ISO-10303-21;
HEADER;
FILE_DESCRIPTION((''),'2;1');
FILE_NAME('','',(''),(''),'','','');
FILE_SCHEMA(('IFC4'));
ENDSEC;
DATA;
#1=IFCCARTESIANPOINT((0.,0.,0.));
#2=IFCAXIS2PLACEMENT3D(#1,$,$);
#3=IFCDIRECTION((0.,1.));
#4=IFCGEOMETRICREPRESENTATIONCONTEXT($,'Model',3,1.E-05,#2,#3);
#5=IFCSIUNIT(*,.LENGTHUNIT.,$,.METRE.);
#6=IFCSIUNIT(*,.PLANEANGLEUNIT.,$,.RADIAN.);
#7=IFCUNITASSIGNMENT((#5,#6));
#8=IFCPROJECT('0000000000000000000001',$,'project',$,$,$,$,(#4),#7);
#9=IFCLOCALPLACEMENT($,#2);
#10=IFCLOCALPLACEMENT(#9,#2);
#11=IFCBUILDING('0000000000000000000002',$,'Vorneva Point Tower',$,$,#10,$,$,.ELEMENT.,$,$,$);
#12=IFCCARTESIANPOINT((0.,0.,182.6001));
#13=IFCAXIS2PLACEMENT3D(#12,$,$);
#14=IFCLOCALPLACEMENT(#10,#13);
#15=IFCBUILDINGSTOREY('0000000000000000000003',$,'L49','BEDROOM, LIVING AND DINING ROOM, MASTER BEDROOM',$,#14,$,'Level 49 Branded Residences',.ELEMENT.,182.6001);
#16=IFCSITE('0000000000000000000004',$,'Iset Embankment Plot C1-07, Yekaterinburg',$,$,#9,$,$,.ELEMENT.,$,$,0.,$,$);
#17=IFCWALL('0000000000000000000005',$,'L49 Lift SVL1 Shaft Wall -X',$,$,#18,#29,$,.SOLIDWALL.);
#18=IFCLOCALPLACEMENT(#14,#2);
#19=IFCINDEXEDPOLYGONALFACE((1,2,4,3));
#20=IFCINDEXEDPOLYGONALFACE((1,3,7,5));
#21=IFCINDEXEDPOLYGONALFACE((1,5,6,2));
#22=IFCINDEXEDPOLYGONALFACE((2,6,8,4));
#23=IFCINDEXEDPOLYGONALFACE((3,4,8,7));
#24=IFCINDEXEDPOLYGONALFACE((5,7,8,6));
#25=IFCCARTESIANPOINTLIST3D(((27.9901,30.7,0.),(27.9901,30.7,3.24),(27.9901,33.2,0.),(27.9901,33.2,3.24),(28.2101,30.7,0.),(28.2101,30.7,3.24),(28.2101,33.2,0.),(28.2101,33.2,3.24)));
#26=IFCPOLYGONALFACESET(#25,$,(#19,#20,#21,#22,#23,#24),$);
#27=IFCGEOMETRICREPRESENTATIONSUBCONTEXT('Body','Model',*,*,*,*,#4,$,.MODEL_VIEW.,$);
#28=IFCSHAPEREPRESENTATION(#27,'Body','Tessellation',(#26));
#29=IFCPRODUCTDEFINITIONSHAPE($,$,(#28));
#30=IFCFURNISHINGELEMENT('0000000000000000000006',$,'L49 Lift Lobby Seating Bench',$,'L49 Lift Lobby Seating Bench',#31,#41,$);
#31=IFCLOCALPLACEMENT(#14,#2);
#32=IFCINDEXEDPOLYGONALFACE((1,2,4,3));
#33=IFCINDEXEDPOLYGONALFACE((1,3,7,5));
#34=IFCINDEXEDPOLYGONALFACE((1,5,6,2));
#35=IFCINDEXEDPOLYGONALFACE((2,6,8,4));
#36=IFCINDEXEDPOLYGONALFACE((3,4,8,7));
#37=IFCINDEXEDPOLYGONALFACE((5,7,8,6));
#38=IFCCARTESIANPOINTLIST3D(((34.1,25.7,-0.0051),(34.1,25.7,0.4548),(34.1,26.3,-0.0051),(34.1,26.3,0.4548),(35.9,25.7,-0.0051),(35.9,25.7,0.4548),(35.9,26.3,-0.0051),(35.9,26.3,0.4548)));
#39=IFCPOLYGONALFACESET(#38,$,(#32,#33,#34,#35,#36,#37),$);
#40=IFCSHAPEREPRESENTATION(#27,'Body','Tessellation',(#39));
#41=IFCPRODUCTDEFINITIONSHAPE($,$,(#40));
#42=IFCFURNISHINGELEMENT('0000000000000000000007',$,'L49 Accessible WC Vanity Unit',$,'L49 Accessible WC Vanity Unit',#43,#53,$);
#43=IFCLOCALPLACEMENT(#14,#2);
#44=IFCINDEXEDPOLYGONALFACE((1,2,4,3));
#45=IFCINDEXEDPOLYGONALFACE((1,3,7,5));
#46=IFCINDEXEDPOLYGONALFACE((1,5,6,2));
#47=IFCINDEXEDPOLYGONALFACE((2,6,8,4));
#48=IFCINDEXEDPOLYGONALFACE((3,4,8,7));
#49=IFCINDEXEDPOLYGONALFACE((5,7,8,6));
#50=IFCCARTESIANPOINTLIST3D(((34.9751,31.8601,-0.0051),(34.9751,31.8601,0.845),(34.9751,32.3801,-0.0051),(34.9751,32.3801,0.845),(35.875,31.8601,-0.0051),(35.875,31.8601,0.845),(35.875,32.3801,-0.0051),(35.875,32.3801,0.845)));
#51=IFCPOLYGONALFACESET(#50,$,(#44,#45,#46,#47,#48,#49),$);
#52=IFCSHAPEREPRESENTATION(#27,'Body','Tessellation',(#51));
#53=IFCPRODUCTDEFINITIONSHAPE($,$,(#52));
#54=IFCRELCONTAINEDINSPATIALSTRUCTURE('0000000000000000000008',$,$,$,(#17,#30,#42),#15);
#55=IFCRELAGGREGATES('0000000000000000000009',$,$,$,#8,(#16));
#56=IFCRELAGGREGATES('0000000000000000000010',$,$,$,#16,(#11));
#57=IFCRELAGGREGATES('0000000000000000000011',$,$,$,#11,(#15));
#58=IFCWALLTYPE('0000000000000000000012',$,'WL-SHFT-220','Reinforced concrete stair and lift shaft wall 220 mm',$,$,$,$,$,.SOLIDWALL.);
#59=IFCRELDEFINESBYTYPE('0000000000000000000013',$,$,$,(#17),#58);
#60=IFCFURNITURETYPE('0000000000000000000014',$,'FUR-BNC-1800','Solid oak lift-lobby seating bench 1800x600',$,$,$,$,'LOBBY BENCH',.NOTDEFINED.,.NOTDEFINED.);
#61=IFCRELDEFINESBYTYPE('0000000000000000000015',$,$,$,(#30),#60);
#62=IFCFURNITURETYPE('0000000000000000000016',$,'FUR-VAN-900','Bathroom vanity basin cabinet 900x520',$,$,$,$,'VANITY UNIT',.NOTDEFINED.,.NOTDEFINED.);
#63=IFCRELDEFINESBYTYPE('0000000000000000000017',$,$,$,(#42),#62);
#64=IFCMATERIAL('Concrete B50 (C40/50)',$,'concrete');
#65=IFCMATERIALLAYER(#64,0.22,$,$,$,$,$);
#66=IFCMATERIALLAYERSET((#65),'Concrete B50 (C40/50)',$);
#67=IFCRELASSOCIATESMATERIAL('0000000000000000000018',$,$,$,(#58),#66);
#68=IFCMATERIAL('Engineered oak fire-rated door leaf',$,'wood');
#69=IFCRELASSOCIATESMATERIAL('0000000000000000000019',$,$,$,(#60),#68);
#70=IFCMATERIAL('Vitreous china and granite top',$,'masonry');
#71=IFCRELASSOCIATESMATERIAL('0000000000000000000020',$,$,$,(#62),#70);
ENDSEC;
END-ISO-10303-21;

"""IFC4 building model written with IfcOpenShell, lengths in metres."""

from ifc_helpers import new_model, si_unit, direction, frame, frame_2d, origin, origin_2d, place, context, subcontext, project, spatial, rectangle, extrude, material, layer, layer_set, type_object, element, save


model = new_model("IFC4")

# Units and contexts
model_context = context("Model", 3, precision=1e-05, world=origin(), true_north=direction((0.0, 1.0)))
body_context = subcontext(model_context, "Body", "Model", "MODEL_VIEW")
ifc_project = project(units=[si_unit("LENGTHUNIT", "METRE"), si_unit("PLANEANGLEUNIT", "RADIAN")], contexts=[model_context])

# Site, building, storey
site_placement = place(None, origin())
site = spatial("IfcSite", under=ifc_project, at=site_placement, Name="Iset Embankment Plot C1-07, Yekaterinburg", CompositionType="ELEMENT", RefElevation=0.0)
building_placement = place(site_placement, origin())
building = spatial("IfcBuilding", under=site, at=building_placement, Name="Vorneva Point Tower", CompositionType="ELEMENT")
storey_placement = place(building_placement, frame((0.0, 0.0, 182.6001)))
storey = spatial("IfcBuildingStorey", under=building, at=storey_placement, Name="L49", Description="BEDROOM, LIVING AND DINING ROOM, MASTER BEDROOM", LongName="Level 49 Branded Residences", CompositionType="ELEMENT", Elevation=182.6001)

# Shared definitions
ifc_material_1 = material(Name="Concrete B50 (C40/50)", Category="concrete")

# Shared definitions
ifc_material_2 = material(Name="Engineered oak fire-rated door leaf", Category="wood")

# Shared definitions
ifc_layer_1 = layer(ifc_material_1, 0.22)
ifc_layer_set_1 = layer_set([ifc_layer_1], Name="Concrete B50 (C40/50)")
wall_type_1 = type_object("IfcWallType", Name="WL-SHFT-220", Description="Reinforced concrete stair and lift shaft wall 220 mm", PredefinedType="SOLIDWALL", material=ifc_layer_set_1)

# Wall
wall_1_placement = place(storey_placement, frame((28.1001, 33.2, 0.0), z_axis=(0.0, 0.0, 1.0), x_axis=(0.0, -1.0, 0.0)))
element("IfcWall", 1, at=wall_1_placement, inside=storey, type_object=wall_type_1, Name="L49 Lift SVL1 Shaft Wall -X", PredefinedType="SOLIDWALL", context=body_context, shape_type="SweptSolid", body=[
    extrude(rectangle(XDim=2.5, YDim=0.22, at=frame_2d((1.25, 0.0))), origin(), (0.0, 0.0, 1.0), 3.24),
])

# Furnishing elements
furniture_type_1 = type_object("IfcFurnitureType", Name="FUR-BNC-1800", Description="Solid oak lift-lobby seating bench 1800x600", ElementType="LOBBY BENCH", AssemblyPlace="NOTDEFINED", PredefinedType="NOTDEFINED", material=ifc_material_2)
furnishing_1_placement = place(storey_placement, frame((35.0, 26.0, -0.0051), z_axis=(0.0, 0.0, 1.0), x_axis=(1.0, 0.0, 0.0)))
element("IfcFurnishingElement", 2, at=furnishing_1_placement, inside=storey, type_object=furniture_type_1, Name="L49 Lift Lobby Seating Bench", ObjectType="L49 Lift Lobby Seating Bench", context=body_context, shape_type="SweptSolid", body=[
    extrude(rectangle(XDim=1.8, YDim=0.6001, at=origin_2d()), origin(), (0.0, 0.0, 1.0), 0.46),
])
ifc_material_3 = material(Name="Vitreous china and granite top", Category="masonry")
furniture_type_2 = type_object("IfcFurnitureType", Name="FUR-VAN-900", Description="Bathroom vanity basin cabinet 900x520", ElementType="VANITY UNIT", AssemblyPlace="NOTDEFINED", PredefinedType="NOTDEFINED", material=ifc_material_3)
furnishing_2_placement = place(storey_placement, frame((35.425, 32.1201, -0.0051), z_axis=(0.0, 0.0, 1.0), x_axis=(1.0, 0.0, 0.0)))
element("IfcFurnishingElement", 3, at=furnishing_2_placement, inside=storey, type_object=furniture_type_2, Name="L49 Accessible WC Vanity Unit", ObjectType="L49 Accessible WC Vanity Unit", context=body_context, shape_type="SweptSolid", body=[
    extrude(rectangle(XDim=0.8999, YDim=0.52, at=origin_2d()), origin(), (0.0, 0.0, 1.0), 0.8501),
])

save(model, "model.ifc")
